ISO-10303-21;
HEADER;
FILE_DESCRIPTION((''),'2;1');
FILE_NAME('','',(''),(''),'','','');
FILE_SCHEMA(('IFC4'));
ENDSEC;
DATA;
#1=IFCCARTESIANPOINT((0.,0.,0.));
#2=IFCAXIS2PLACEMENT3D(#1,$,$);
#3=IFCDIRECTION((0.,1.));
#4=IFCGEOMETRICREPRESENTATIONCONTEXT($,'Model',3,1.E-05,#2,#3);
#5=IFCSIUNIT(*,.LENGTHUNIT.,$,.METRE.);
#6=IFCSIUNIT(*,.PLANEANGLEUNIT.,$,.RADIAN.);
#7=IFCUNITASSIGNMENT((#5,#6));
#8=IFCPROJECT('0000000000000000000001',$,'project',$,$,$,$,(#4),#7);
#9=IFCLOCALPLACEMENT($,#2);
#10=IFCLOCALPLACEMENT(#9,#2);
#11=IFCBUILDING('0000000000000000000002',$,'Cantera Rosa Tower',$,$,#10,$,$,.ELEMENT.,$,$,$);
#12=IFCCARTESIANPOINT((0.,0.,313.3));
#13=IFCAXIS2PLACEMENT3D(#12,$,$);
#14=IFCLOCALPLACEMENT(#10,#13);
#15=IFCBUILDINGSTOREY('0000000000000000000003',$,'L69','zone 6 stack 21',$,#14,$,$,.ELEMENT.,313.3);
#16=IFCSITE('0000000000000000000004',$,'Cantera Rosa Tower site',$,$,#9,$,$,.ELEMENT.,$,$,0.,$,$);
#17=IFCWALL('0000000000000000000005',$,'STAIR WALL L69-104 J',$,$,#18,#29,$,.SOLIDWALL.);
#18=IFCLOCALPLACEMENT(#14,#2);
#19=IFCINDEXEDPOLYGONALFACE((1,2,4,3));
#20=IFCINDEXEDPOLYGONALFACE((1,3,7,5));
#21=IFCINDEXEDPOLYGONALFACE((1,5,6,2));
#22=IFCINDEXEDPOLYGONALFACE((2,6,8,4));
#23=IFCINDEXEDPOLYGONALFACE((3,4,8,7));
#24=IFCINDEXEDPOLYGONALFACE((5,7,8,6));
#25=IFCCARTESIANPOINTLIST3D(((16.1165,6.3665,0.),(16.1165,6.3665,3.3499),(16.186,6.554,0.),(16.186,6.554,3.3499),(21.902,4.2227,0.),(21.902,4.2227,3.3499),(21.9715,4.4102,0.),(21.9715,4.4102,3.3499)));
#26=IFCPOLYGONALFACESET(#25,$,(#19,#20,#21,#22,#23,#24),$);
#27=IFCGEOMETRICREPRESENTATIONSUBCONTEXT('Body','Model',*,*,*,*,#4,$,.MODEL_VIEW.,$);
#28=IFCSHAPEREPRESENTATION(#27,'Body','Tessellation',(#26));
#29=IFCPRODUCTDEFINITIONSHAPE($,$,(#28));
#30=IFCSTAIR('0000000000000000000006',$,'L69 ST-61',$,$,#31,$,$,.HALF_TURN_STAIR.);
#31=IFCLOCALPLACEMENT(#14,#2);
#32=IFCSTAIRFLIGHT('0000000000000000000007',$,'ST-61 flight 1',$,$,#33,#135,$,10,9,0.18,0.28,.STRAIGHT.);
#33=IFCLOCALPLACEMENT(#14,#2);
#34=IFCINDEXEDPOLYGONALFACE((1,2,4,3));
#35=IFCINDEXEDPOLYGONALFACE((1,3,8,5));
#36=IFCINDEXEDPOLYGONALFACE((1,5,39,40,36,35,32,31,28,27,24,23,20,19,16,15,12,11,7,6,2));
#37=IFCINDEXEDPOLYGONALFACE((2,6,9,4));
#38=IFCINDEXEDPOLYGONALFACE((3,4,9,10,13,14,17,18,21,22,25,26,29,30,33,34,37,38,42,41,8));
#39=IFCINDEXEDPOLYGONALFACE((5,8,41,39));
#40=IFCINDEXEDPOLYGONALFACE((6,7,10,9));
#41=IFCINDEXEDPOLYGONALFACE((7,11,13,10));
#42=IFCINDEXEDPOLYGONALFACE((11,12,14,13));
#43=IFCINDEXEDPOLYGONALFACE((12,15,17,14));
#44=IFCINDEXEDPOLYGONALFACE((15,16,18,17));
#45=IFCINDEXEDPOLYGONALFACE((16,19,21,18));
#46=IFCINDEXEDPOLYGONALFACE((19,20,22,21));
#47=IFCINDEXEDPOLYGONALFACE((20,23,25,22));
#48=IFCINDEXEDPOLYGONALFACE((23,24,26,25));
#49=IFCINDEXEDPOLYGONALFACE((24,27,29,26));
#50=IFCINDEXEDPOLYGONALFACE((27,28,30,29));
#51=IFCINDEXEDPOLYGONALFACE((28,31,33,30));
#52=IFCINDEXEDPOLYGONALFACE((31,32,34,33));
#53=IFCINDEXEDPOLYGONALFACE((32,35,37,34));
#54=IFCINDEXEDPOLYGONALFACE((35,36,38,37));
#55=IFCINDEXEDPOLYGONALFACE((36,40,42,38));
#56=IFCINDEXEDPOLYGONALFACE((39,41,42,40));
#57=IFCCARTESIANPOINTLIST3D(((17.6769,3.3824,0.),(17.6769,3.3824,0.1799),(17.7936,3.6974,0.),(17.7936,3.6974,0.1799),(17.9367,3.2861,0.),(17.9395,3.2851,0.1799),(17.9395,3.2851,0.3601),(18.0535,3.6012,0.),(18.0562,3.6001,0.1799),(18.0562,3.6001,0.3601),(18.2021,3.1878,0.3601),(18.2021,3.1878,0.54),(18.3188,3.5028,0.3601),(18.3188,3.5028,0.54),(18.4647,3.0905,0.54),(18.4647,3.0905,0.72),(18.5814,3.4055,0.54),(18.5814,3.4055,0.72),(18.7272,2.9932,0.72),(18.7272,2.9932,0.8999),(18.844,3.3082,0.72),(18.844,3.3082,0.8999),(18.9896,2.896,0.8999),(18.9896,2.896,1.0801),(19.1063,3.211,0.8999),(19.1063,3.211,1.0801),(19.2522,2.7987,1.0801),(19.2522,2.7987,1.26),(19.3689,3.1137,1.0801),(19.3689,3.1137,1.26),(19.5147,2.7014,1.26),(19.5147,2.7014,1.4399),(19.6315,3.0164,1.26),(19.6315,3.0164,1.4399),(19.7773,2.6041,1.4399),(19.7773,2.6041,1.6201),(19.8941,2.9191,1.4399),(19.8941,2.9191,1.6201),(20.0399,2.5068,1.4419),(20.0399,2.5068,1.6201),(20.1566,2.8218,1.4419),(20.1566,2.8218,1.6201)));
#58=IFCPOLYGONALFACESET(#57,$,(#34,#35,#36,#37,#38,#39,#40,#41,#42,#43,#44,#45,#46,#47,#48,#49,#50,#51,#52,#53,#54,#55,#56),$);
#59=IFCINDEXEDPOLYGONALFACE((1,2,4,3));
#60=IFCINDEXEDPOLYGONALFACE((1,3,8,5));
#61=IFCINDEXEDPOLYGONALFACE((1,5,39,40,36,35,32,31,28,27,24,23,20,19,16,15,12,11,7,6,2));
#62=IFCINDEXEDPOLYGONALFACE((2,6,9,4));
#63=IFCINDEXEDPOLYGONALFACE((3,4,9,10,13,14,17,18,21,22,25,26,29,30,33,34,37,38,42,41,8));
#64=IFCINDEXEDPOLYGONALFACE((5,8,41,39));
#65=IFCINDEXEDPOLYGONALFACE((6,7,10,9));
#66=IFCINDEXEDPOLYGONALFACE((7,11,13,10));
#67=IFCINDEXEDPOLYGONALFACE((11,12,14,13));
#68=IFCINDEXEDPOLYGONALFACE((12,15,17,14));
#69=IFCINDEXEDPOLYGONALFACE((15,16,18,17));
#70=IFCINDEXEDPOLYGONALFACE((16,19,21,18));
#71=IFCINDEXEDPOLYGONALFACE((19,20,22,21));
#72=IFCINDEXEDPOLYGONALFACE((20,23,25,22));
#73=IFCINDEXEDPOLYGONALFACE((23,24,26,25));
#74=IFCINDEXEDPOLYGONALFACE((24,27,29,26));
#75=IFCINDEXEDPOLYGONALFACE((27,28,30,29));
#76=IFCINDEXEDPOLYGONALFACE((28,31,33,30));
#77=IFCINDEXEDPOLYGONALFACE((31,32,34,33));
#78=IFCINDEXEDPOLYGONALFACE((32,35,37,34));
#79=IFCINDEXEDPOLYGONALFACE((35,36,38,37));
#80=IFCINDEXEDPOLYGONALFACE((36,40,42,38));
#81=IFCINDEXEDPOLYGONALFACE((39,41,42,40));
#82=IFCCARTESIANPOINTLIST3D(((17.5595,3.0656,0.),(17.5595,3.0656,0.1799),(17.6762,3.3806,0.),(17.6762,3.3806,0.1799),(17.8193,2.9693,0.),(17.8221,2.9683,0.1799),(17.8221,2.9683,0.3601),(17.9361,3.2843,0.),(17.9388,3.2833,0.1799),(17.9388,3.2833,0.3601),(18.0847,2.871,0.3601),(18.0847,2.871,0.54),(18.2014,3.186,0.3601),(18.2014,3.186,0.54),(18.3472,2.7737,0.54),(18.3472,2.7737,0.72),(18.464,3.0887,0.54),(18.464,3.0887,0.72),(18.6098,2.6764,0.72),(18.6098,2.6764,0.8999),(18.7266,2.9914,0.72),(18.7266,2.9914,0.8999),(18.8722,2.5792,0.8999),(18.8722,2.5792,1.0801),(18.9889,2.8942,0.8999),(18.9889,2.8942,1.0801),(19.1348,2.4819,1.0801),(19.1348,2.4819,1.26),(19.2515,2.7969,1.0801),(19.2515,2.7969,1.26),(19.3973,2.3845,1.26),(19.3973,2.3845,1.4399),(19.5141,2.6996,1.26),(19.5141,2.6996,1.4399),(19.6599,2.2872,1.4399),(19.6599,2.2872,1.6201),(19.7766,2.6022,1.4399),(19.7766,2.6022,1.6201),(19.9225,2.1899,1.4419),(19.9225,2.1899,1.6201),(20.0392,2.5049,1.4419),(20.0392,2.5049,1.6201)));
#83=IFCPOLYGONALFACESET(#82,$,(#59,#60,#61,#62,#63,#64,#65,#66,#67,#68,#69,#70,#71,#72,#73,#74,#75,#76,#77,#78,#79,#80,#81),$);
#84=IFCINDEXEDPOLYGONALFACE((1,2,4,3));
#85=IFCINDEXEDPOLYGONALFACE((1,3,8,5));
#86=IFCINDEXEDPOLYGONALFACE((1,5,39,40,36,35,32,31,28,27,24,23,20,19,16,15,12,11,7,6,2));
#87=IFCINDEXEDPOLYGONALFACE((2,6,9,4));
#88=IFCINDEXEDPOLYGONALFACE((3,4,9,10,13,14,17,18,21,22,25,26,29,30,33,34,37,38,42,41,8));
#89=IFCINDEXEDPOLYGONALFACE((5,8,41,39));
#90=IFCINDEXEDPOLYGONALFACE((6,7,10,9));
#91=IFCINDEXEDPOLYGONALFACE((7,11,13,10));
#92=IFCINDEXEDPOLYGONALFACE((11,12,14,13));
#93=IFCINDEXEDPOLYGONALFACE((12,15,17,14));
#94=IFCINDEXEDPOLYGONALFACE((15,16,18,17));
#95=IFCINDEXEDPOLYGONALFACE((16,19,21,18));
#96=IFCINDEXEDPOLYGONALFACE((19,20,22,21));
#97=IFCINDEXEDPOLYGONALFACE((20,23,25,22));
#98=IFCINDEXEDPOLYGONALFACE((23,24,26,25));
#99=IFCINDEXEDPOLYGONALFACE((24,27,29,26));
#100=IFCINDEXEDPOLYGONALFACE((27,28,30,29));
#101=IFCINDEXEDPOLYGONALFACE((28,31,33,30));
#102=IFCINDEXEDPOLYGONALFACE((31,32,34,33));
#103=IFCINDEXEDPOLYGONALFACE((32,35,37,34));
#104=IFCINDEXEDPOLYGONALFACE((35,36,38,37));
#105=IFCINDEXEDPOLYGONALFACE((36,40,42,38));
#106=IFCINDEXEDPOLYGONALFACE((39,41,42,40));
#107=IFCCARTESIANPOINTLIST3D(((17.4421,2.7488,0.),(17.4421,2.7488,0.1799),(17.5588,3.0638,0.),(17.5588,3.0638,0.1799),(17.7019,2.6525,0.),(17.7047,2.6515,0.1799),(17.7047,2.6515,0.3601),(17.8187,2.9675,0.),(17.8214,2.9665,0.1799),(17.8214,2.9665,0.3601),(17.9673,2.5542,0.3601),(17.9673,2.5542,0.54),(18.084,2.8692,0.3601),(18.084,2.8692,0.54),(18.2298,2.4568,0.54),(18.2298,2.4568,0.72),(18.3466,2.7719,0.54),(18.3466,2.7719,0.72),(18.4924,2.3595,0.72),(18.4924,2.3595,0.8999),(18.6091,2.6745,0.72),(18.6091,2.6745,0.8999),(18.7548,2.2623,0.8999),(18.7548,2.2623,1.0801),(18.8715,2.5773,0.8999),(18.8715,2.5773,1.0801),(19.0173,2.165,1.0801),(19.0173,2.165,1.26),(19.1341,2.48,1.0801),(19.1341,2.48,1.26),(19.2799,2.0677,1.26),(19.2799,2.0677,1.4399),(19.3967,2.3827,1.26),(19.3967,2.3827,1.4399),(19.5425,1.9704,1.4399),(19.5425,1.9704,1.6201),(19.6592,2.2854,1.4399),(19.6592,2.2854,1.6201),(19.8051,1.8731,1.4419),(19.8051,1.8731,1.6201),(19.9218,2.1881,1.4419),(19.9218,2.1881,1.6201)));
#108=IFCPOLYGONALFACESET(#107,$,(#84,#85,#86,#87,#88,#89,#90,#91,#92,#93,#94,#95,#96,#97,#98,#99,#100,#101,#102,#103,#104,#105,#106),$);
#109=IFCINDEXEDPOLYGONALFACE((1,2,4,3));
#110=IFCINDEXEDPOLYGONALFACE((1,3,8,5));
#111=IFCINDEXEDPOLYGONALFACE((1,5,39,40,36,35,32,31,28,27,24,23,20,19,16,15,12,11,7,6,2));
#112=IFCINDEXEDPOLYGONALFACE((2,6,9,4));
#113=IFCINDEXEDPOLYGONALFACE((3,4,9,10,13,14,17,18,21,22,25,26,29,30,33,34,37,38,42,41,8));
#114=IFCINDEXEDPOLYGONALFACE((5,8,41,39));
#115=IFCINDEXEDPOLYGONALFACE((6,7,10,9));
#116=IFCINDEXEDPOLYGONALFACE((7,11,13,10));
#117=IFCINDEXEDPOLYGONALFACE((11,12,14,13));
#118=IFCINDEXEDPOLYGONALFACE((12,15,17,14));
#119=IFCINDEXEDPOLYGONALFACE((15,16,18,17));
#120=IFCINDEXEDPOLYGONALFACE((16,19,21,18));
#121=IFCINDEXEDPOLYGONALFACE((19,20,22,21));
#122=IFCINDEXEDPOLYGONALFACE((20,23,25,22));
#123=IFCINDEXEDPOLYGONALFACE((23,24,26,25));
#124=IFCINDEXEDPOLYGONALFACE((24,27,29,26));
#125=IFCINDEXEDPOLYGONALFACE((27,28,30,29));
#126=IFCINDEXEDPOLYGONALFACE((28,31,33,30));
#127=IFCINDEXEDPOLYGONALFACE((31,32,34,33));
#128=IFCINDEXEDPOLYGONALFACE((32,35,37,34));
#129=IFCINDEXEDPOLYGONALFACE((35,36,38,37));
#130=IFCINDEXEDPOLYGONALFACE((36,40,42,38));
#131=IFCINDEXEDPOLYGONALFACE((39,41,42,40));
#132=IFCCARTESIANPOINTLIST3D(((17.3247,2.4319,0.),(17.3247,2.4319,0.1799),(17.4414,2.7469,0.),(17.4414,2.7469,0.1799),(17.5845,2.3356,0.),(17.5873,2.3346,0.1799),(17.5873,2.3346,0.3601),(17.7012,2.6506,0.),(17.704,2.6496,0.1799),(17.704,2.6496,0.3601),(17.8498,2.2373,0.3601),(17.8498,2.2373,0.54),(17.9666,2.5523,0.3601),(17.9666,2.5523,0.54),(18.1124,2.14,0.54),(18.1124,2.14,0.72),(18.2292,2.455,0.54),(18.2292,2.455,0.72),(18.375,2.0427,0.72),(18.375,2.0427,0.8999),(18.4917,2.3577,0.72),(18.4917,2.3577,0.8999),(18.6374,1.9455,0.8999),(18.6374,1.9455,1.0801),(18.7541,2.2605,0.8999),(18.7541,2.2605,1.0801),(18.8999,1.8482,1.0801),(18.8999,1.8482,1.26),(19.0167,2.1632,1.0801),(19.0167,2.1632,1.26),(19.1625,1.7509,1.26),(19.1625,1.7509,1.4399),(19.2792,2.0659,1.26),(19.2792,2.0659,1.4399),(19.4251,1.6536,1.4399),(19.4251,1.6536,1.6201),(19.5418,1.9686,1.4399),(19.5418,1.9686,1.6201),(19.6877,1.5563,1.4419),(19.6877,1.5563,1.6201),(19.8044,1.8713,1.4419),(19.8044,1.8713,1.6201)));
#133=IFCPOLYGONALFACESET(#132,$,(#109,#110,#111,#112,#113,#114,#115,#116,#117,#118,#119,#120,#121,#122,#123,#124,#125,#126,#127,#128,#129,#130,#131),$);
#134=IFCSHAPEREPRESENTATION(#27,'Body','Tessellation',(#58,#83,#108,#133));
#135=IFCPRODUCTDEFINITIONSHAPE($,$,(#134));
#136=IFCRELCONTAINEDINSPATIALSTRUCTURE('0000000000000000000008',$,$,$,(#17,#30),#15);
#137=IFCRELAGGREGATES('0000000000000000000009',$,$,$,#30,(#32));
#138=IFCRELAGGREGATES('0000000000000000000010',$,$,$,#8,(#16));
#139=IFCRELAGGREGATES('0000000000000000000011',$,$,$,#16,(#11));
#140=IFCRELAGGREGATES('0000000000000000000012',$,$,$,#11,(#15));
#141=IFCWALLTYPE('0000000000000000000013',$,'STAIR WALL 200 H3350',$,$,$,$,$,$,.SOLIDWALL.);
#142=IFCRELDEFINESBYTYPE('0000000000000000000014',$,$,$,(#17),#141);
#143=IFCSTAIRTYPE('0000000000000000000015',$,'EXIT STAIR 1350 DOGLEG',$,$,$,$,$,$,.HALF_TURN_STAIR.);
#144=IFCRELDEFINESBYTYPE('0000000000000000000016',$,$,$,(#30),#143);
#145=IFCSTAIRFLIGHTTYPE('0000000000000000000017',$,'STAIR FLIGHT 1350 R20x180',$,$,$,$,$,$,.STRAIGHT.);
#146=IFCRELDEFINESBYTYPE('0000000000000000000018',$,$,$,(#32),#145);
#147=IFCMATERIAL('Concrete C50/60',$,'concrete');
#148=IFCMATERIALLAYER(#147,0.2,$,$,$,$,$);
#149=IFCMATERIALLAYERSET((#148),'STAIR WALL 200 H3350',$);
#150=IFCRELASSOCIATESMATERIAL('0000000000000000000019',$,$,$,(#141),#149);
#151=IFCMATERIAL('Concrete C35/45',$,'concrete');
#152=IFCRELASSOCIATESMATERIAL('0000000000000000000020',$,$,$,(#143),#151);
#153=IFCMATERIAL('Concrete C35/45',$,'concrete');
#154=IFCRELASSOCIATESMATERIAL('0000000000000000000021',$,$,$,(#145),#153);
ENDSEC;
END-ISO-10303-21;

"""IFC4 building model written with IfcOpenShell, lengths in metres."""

from ifc_helpers import new_model, si_unit, direction, frame, frame_2d, origin, place, context, subcontext, project, spatial, polyline, rectangle, outline, extrude, material, layer, layer_set, type_object, element, aggregate, save


model = new_model("IFC4")

# Units and contexts
model_context = context("Model", 3, precision=1e-05, world=origin(), true_north=direction((0.0, 1.0)))
body_context = subcontext(model_context, "Body", "Model", "MODEL_VIEW")
ifc_project = project(units=[si_unit("LENGTHUNIT", "METRE"), si_unit("PLANEANGLEUNIT", "RADIAN")], contexts=[model_context])

# Site, building, storey
site_placement = place(None, origin())
site = spatial("IfcSite", under=ifc_project, at=site_placement, Name="Cantera Rosa Tower site", CompositionType="ELEMENT", RefElevation=0.0)
building_placement = place(site_placement, origin())
building = spatial("IfcBuilding", under=site, at=building_placement, Name="Cantera Rosa Tower", CompositionType="ELEMENT")
storey_placement = place(building_placement, frame((0.0, 0.0, 313.3)))
storey = spatial("IfcBuildingStorey", under=building, at=storey_placement, Name="L69", Description="zone 6 stack 21", CompositionType="ELEMENT", Elevation=313.3)

# Shared definitions
ifc_material_1 = material(Name="Concrete C50/60", Category="concrete")
ifc_layer_1 = layer(ifc_material_1, 0.2)
ifc_layer_set_1 = layer_set([ifc_layer_1], Name="STAIR WALL 200 H3350")
wall_type_1 = type_object("IfcWallType", Name="STAIR WALL 200 H3350", PredefinedType="SOLIDWALL", material=ifc_layer_set_1)

# Wall
wall_1_placement = place(storey_placement, frame((21.9368, 4.3164, 0.0), z_axis=(0.0, 0.0, 1.0), x_axis=(-0.937693, 0.347465, 0.0)))
element("IfcWall", 1, at=wall_1_placement, inside=storey, type_object=wall_type_1, Name="STAIR WALL L69-104 J", PredefinedType="SOLIDWALL", context=body_context, shape_type="SweptSolid", body=[
    extrude(rectangle(XDim=6.1699, YDim=0.2, at=frame_2d((3.085, 0.0))), origin(), (0.0, 0.0, 1.0), 3.3499),
])

# Stair, stair flight
ifc_material_2 = material(Name="Concrete C35/45", Category="concrete")
stair_type = type_object("IfcStairType", Name="EXIT STAIR 1350 DOGLEG", PredefinedType="HALF_TURN_STAIR", material=ifc_material_2)
stair_placement = place(storey_placement, origin())
stair = element("IfcStair", 2, at=stair_placement, inside=storey, type_object=stair_type, Name="L69 ST-61", PredefinedType="HALF_TURN_STAIR")
ifc_material_3 = material(Name="Concrete C35/45", Category="concrete")
stair_flight_type = type_object("IfcStairFlightType", Name="STAIR FLIGHT 1350 R20x180", PredefinedType="STRAIGHT", material=ifc_material_3)
stair_flight_1_placement = place(storey_placement, frame((17.5591, 3.0645, 0.0), z_axis=(0.0, 0.0, 1.0), x_axis=(0.937687, -0.347481, 0.0)))
stair_flight_1 = element("IfcStairFlight", 3, at=stair_flight_1_placement, type_object=stair_flight_type, Name="ST-61 flight 1", NumberOfRisers=10, NumberOfTreads=9, PredefinedType="STRAIGHT", RiserHeight=0.18, TreadLength=0.28, context=body_context, shape_type="SweptSolid", body=[
    extrude(outline(polyline([(0.0, 0.0), (0.0, 0.1799), (0.28, 0.1799), (0.28, 0.3601), (0.5601, 0.3601), (0.5601, 0.54), (0.8401, 0.54), (0.8401, 0.72), (1.1201, 0.72), (1.1201, 0.8999), (1.3999, 0.8999), (1.3999, 1.0801), (1.6799, 1.0801), (1.6799, 1.26), (1.96, 1.26), (1.96, 1.4399), (2.24, 1.4399), (2.24, 1.6201), (2.52, 1.6201), (2.52, 1.8), (2.52, 1.4419), (0.2771, 0.0), (0.0, 0.0)])), frame((0.0, 0.675, 0.0), z_axis=(0.0, -1.0, 0.0), x_axis=(1.0, 0.0, 0.0)), (0.0, 0.0, 1.0), 0.3359),
    extrude(outline(polyline([(0.0, 0.0), (0.0, 0.1799), (0.28, 0.1799), (0.28, 0.3601), (0.5601, 0.3601), (0.5601, 0.54), (0.8401, 0.54), (0.8401, 0.72), (1.1201, 0.72), (1.1201, 0.8999), (1.3999, 0.8999), (1.3999, 1.0801), (1.6799, 1.0801), (1.6799, 1.26), (1.96, 1.26), (1.96, 1.4399), (2.24, 1.4399), (2.24, 1.6201), (2.52, 1.6201), (2.52, 1.8), (2.52, 1.4419), (0.2771, 0.0), (0.0, 0.0)])), frame((0.0, 0.3372, 0.0), z_axis=(0.0, -1.0, 0.0), x_axis=(1.0, 0.0, 0.0)), (0.0, 0.0, 1.0), 0.3359),
    extrude(outline(polyline([(0.0, 0.0), (0.0, 0.1799), (0.28, 0.1799), (0.28, 0.3601), (0.5601, 0.3601), (0.5601, 0.54), (0.8401, 0.54), (0.8401, 0.72), (1.1201, 0.72), (1.1201, 0.8999), (1.3999, 0.8999), (1.3999, 1.0801), (1.6799, 1.0801), (1.6799, 1.26), (1.96, 1.26), (1.96, 1.4399), (2.24, 1.4399), (2.24, 1.6201), (2.52, 1.6201), (2.52, 1.8), (2.52, 1.4419), (0.2771, 0.0), (0.0, 0.0)])), frame((0.0, -0.0007, 0.0), z_axis=(0.0, -1.0, 0.0), x_axis=(1.0, 0.0, 0.0)), (0.0, 0.0, 1.0), 0.3359),
    extrude(outline(polyline([(0.0, 0.0), (0.0, 0.1799), (0.28, 0.1799), (0.28, 0.3601), (0.5601, 0.3601), (0.5601, 0.54), (0.8401, 0.54), (0.8401, 0.72), (1.1201, 0.72), (1.1201, 0.8999), (1.3999, 0.8999), (1.3999, 1.0801), (1.6799, 1.0801), (1.6799, 1.26), (1.96, 1.26), (1.96, 1.4399), (2.24, 1.4399), (2.24, 1.6201), (2.52, 1.6201), (2.52, 1.8), (2.52, 1.4419), (0.2771, 0.0), (0.0, 0.0)])), frame((0.0, -0.3386, 0.0), z_axis=(0.0, -1.0, 0.0), x_axis=(1.0, 0.0, 0.0)), (0.0, 0.0, 1.0), 0.3359),
])
aggregate(stair, [stair_flight_1])

save(model, "model.ifc")
